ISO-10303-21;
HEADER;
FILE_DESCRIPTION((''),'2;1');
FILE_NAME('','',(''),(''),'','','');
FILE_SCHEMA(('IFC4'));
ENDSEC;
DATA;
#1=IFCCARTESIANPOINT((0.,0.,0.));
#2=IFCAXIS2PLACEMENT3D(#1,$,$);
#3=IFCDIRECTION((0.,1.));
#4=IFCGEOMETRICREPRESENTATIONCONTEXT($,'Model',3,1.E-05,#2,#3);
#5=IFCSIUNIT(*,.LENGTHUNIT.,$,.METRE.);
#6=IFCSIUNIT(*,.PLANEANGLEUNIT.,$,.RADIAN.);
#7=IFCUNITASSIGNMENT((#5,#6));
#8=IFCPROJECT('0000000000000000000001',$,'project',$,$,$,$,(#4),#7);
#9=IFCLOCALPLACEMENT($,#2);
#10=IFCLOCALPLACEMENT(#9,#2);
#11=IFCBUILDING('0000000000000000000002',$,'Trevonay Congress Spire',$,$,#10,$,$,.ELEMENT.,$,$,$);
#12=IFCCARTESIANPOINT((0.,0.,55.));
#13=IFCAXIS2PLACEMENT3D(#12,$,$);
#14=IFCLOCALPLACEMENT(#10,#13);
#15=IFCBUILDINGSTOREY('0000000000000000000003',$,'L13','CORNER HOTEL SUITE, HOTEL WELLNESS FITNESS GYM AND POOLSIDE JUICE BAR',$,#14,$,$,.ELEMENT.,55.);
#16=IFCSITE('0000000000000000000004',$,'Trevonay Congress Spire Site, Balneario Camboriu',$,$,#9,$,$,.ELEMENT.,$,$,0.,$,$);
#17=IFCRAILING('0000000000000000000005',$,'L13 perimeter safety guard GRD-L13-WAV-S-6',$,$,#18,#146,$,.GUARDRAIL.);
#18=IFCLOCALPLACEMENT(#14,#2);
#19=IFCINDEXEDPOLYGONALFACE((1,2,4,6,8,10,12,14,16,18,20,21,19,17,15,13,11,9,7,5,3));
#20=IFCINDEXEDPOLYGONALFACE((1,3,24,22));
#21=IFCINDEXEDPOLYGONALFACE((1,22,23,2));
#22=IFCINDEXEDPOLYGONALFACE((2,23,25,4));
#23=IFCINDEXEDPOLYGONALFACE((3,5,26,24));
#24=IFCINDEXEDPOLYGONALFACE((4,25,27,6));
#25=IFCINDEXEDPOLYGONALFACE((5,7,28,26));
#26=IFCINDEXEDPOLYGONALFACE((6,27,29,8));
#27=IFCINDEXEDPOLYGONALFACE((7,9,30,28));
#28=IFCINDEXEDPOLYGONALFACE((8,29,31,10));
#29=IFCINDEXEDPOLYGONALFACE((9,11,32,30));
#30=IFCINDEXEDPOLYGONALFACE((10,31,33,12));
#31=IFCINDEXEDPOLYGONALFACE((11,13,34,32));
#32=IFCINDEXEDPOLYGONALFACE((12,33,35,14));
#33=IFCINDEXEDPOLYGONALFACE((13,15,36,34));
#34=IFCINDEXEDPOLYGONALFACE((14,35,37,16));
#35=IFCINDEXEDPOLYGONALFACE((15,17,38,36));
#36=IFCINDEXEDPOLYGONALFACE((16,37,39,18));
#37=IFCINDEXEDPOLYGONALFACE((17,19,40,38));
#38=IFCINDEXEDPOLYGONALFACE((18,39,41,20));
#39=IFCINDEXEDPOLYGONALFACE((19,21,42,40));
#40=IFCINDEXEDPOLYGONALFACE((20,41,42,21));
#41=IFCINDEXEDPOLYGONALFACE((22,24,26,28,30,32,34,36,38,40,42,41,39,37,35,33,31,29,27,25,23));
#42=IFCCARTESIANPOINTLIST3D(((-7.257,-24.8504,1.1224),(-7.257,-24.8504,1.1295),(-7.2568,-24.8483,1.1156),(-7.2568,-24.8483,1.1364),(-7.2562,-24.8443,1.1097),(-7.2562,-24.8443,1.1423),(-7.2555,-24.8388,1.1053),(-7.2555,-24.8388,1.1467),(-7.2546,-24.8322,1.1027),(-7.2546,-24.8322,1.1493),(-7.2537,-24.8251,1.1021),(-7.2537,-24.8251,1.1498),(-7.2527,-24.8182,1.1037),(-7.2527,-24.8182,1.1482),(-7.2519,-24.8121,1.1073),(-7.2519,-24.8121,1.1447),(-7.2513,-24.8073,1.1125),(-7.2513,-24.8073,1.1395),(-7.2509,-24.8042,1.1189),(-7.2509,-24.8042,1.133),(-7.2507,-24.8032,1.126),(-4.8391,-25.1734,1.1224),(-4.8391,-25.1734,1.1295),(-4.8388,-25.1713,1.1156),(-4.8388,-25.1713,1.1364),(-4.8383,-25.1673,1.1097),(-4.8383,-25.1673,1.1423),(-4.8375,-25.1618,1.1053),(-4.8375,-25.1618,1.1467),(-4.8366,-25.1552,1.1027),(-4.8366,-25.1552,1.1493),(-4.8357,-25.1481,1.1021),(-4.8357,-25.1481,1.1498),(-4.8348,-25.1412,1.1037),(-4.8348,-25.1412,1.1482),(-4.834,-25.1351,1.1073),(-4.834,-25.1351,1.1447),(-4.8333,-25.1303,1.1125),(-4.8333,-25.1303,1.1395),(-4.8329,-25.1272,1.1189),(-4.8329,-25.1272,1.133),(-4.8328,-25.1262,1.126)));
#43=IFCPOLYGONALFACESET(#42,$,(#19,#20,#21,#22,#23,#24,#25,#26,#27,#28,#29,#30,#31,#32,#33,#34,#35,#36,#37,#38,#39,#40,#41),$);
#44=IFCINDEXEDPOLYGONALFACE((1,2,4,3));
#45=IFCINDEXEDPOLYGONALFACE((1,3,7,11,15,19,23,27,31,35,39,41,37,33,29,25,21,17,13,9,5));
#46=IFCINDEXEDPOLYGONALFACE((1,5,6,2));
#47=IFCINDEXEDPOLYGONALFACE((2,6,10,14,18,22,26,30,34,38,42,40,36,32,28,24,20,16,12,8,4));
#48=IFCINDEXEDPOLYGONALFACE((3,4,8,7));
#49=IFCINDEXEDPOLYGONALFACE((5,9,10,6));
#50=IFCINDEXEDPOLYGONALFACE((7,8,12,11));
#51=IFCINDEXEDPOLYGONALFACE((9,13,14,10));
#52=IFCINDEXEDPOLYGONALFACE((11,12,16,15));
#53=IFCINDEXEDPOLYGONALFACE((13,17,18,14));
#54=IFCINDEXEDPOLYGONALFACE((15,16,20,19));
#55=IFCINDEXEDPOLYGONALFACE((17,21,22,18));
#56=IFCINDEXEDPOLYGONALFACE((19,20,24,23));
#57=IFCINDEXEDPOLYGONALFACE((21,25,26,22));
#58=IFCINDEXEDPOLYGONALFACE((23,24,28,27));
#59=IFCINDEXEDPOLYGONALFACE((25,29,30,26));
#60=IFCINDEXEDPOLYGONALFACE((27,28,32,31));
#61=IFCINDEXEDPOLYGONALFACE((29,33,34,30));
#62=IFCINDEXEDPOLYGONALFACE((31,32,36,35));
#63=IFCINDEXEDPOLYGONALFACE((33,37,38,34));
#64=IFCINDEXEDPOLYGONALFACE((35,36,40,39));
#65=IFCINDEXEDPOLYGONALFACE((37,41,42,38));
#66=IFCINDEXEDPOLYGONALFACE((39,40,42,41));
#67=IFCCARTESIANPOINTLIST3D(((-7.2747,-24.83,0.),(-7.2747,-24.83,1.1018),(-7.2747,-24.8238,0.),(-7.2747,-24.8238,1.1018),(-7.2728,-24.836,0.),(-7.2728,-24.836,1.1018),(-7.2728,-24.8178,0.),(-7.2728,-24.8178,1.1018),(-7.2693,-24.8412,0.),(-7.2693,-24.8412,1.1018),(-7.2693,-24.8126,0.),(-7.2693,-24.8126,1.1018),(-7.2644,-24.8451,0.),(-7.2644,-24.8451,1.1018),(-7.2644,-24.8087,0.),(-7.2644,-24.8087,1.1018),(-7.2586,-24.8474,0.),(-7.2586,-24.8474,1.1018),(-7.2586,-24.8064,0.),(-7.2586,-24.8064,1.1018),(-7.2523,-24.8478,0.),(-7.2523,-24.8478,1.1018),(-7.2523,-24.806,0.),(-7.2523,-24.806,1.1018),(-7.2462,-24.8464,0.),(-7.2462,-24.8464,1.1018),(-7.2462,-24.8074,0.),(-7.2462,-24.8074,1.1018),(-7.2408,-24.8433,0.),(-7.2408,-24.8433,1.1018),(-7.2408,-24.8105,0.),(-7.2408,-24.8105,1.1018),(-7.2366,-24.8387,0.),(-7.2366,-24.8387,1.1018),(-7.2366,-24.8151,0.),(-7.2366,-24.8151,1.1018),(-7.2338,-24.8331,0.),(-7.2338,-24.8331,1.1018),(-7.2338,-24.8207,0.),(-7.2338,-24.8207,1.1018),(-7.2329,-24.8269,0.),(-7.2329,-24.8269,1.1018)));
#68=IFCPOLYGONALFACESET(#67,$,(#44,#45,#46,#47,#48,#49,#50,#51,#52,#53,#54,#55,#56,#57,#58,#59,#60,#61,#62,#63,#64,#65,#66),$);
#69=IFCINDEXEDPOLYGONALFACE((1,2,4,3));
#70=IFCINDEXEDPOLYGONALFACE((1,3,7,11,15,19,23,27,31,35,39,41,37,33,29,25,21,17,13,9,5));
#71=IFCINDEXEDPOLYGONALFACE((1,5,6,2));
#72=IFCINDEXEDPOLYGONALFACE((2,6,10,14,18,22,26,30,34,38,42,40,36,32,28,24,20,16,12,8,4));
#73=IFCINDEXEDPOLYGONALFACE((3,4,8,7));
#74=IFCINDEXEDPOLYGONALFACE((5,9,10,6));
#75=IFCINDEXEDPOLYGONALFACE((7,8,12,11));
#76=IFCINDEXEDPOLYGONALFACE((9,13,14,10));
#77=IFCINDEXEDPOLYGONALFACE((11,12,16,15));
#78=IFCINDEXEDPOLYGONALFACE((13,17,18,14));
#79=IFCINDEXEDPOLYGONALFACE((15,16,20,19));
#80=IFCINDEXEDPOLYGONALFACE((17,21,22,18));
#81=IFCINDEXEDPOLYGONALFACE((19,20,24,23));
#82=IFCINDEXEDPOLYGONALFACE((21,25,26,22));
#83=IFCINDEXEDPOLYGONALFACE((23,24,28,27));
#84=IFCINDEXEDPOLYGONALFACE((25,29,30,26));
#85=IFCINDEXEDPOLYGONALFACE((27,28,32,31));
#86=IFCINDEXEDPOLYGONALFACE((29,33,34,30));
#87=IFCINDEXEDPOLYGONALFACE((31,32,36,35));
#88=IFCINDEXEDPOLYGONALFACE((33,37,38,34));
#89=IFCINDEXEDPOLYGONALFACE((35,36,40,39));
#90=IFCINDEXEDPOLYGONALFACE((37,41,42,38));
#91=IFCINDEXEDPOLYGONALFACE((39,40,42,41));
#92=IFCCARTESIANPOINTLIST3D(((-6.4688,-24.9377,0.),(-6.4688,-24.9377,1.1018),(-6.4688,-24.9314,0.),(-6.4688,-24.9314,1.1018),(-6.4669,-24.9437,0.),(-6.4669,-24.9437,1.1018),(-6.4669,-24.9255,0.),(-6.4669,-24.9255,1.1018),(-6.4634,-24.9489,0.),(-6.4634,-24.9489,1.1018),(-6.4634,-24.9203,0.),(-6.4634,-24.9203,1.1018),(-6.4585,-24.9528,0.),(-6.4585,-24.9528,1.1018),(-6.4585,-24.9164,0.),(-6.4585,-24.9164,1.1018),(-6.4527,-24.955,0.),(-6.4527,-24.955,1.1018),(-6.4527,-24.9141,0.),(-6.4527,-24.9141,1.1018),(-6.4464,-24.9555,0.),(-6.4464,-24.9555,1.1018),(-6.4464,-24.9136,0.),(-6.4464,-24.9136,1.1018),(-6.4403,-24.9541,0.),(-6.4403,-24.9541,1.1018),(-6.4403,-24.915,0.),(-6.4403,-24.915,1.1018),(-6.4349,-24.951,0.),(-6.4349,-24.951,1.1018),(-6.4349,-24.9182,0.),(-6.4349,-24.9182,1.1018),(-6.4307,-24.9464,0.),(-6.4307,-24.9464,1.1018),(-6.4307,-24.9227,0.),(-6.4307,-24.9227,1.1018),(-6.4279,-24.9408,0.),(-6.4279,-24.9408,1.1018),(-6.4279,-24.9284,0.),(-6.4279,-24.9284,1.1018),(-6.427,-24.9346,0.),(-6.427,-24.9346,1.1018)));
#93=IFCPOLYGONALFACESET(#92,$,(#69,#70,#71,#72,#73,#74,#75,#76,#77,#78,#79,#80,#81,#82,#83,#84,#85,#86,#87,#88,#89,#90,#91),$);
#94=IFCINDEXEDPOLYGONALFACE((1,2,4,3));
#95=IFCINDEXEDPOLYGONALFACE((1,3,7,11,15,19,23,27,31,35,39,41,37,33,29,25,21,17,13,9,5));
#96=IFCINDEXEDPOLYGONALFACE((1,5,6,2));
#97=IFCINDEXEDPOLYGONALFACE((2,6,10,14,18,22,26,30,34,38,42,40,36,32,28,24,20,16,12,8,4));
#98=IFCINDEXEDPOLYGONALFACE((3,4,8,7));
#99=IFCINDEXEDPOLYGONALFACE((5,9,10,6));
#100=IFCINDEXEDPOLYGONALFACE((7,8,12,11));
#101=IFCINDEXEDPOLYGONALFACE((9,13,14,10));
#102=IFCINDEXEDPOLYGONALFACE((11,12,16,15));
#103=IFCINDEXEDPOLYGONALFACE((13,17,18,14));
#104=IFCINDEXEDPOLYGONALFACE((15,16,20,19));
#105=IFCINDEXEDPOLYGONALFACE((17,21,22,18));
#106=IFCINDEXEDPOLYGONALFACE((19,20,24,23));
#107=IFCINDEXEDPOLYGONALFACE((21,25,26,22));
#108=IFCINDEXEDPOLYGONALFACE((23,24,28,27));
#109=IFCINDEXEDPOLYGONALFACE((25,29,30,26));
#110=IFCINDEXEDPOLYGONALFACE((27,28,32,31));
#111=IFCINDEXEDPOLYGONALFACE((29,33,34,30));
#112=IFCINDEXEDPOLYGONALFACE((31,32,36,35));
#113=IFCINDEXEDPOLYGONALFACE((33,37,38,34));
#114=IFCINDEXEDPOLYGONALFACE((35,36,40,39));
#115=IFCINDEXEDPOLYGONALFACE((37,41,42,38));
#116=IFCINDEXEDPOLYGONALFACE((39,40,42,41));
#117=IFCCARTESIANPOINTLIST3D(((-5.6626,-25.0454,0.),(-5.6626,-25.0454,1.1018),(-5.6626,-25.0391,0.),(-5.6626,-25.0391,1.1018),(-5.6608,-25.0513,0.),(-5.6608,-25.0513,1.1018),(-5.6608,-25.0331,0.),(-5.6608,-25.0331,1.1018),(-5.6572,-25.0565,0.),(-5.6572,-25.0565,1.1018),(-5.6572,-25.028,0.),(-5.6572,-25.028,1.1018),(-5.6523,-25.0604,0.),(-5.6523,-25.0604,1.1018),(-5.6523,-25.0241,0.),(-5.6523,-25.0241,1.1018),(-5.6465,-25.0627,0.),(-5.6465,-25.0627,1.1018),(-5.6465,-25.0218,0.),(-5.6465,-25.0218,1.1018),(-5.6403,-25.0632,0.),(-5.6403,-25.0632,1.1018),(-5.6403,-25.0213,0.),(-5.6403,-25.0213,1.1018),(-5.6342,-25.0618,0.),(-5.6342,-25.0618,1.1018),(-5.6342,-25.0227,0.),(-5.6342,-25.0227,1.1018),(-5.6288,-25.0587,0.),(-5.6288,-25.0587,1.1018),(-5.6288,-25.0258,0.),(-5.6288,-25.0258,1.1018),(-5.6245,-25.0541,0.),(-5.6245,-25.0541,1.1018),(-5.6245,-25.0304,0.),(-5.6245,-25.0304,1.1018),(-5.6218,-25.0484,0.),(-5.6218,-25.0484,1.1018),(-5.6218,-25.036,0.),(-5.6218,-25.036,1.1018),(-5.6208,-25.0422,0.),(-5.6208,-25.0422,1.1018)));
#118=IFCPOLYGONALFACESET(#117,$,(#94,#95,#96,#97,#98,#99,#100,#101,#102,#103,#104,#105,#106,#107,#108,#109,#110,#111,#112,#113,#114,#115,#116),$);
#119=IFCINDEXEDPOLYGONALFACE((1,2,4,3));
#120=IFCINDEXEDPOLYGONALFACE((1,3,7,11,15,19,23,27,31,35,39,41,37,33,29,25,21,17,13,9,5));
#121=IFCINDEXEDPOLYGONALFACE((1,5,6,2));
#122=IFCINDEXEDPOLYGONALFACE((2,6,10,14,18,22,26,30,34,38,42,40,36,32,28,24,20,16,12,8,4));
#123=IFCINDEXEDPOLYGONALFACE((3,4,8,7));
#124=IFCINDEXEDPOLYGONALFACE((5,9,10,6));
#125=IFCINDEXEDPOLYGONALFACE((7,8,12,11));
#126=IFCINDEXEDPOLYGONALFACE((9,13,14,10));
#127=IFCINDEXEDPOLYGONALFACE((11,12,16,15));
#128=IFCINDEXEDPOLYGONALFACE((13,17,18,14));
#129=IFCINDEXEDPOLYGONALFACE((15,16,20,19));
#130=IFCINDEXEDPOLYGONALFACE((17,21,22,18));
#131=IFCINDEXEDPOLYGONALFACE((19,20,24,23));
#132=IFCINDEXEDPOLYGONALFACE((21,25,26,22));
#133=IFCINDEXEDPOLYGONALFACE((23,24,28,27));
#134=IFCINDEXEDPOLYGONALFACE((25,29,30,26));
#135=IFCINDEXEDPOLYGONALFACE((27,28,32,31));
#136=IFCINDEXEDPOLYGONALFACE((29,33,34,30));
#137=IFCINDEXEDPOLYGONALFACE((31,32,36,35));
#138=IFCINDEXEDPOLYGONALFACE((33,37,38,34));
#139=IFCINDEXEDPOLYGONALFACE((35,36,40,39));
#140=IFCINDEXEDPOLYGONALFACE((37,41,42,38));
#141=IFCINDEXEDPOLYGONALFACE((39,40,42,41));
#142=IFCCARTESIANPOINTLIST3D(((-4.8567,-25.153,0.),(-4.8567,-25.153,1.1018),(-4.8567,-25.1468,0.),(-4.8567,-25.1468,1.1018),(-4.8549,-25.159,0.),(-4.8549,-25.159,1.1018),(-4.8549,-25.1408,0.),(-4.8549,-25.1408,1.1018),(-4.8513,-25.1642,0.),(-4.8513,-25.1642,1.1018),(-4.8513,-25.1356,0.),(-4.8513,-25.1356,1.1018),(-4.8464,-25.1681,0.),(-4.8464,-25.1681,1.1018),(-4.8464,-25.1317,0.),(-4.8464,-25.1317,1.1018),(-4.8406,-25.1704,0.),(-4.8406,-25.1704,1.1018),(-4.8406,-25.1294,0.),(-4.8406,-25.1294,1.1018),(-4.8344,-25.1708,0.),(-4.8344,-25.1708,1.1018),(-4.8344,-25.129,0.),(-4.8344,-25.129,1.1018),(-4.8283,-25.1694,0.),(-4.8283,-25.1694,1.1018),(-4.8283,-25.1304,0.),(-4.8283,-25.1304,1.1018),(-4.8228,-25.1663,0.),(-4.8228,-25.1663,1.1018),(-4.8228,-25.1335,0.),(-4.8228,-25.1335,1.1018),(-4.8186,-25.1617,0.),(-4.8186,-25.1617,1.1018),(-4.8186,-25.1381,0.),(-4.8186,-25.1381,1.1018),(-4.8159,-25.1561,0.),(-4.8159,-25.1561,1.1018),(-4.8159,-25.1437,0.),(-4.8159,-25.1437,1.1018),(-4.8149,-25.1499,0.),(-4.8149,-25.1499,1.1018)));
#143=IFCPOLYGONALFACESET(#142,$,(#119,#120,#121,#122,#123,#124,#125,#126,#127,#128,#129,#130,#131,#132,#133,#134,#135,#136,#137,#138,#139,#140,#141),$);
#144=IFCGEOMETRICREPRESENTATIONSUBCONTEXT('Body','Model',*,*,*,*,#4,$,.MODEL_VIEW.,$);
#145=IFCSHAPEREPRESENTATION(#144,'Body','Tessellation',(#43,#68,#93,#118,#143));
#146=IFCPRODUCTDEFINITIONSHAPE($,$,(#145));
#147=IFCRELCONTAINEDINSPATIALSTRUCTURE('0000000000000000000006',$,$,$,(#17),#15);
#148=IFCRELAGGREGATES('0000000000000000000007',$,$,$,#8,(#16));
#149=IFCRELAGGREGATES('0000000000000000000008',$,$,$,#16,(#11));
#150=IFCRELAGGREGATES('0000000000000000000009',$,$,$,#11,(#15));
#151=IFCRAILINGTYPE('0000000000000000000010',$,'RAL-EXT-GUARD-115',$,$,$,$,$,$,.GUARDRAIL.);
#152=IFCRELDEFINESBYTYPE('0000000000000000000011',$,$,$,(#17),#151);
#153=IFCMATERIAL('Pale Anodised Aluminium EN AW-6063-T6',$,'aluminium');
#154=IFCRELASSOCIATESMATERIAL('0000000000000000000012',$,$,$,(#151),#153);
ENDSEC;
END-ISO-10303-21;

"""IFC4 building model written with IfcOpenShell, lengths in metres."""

from ifc_helpers import new_model, si_unit, direction, frame, origin, origin_2d, place, context, subcontext, project, spatial, circle, extrude, material, type_object, element, save


model = new_model("IFC4")

# Units and contexts
model_context = context("Model", 3, precision=1e-05, world=origin(), true_north=direction((0.0, 1.0)))
body_context = subcontext(model_context, "Body", "Model", "MODEL_VIEW")
ifc_project = project(units=[si_unit("LENGTHUNIT", "METRE"), si_unit("PLANEANGLEUNIT", "RADIAN")], contexts=[model_context])

# Site, building, storey
site_placement = place(None, origin())
site = spatial("IfcSite", under=ifc_project, at=site_placement, Name="Trevonay Congress Spire Site, Balneario Camboriu", CompositionType="ELEMENT", RefElevation=0.0)
building_placement = place(site_placement, origin())
building = spatial("IfcBuilding", under=site, at=building_placement, Name="Trevonay Congress Spire", CompositionType="ELEMENT")
storey_placement = place(building_placement, frame((0.0, 0.0, 55.0)))
storey = spatial("IfcBuildingStorey", under=building, at=storey_placement, Name="L13", Description="CORNER HOTEL SUITE, HOTEL WELLNESS FITNESS GYM AND POOLSIDE JUICE BAR", CompositionType="ELEMENT", Elevation=55.0)

# Shared definitions
ifc_material_1 = material(Name="Pale Anodised Aluminium EN AW-6063-T6", Category="aluminium")

# Railing
railing_type = type_object("IfcRailingType", Name="RAL-EXT-GUARD-115", PredefinedType="GUARDRAIL", material=ifc_material_1)
railing_1_placement = place(storey_placement, frame((-7.2539, -24.8269, 0.0)))
element("IfcRailing", 1, at=railing_1_placement, inside=storey, type_object=railing_type, Name="L13 perimeter safety guard GRD-L13-WAV-S-6", PredefinedType="GUARDRAIL", context=body_context, shape_type="SweptSolid", body=[
    extrude(circle(Radius=0.0239, at=origin_2d()), frame((0.0, 0.0, 1.126), z_axis=(0.991196, -0.132406, 0.0), x_axis=(0.132406, 0.991196, 0.0)), (0.0, 0.0, 1.0), 2.4395),
    extrude(circle(Radius=0.021, at=origin_2d()), origin(), (0.0, 0.0, 1.0), 1.1018),
    extrude(circle(Radius=0.021, at=origin_2d()), frame((0.8059, -0.1077, 0.0)), (0.0, 0.0, 1.0), 1.1018),
    extrude(circle(Radius=0.021, at=origin_2d()), frame((1.6121, -0.2153, 0.0)), (0.0, 0.0, 1.0), 1.1018),
    extrude(circle(Radius=0.021, at=origin_2d()), frame((2.418, -0.323, 0.0)), (0.0, 0.0, 1.0), 1.1018),
])

save(model, "model.ifc")
